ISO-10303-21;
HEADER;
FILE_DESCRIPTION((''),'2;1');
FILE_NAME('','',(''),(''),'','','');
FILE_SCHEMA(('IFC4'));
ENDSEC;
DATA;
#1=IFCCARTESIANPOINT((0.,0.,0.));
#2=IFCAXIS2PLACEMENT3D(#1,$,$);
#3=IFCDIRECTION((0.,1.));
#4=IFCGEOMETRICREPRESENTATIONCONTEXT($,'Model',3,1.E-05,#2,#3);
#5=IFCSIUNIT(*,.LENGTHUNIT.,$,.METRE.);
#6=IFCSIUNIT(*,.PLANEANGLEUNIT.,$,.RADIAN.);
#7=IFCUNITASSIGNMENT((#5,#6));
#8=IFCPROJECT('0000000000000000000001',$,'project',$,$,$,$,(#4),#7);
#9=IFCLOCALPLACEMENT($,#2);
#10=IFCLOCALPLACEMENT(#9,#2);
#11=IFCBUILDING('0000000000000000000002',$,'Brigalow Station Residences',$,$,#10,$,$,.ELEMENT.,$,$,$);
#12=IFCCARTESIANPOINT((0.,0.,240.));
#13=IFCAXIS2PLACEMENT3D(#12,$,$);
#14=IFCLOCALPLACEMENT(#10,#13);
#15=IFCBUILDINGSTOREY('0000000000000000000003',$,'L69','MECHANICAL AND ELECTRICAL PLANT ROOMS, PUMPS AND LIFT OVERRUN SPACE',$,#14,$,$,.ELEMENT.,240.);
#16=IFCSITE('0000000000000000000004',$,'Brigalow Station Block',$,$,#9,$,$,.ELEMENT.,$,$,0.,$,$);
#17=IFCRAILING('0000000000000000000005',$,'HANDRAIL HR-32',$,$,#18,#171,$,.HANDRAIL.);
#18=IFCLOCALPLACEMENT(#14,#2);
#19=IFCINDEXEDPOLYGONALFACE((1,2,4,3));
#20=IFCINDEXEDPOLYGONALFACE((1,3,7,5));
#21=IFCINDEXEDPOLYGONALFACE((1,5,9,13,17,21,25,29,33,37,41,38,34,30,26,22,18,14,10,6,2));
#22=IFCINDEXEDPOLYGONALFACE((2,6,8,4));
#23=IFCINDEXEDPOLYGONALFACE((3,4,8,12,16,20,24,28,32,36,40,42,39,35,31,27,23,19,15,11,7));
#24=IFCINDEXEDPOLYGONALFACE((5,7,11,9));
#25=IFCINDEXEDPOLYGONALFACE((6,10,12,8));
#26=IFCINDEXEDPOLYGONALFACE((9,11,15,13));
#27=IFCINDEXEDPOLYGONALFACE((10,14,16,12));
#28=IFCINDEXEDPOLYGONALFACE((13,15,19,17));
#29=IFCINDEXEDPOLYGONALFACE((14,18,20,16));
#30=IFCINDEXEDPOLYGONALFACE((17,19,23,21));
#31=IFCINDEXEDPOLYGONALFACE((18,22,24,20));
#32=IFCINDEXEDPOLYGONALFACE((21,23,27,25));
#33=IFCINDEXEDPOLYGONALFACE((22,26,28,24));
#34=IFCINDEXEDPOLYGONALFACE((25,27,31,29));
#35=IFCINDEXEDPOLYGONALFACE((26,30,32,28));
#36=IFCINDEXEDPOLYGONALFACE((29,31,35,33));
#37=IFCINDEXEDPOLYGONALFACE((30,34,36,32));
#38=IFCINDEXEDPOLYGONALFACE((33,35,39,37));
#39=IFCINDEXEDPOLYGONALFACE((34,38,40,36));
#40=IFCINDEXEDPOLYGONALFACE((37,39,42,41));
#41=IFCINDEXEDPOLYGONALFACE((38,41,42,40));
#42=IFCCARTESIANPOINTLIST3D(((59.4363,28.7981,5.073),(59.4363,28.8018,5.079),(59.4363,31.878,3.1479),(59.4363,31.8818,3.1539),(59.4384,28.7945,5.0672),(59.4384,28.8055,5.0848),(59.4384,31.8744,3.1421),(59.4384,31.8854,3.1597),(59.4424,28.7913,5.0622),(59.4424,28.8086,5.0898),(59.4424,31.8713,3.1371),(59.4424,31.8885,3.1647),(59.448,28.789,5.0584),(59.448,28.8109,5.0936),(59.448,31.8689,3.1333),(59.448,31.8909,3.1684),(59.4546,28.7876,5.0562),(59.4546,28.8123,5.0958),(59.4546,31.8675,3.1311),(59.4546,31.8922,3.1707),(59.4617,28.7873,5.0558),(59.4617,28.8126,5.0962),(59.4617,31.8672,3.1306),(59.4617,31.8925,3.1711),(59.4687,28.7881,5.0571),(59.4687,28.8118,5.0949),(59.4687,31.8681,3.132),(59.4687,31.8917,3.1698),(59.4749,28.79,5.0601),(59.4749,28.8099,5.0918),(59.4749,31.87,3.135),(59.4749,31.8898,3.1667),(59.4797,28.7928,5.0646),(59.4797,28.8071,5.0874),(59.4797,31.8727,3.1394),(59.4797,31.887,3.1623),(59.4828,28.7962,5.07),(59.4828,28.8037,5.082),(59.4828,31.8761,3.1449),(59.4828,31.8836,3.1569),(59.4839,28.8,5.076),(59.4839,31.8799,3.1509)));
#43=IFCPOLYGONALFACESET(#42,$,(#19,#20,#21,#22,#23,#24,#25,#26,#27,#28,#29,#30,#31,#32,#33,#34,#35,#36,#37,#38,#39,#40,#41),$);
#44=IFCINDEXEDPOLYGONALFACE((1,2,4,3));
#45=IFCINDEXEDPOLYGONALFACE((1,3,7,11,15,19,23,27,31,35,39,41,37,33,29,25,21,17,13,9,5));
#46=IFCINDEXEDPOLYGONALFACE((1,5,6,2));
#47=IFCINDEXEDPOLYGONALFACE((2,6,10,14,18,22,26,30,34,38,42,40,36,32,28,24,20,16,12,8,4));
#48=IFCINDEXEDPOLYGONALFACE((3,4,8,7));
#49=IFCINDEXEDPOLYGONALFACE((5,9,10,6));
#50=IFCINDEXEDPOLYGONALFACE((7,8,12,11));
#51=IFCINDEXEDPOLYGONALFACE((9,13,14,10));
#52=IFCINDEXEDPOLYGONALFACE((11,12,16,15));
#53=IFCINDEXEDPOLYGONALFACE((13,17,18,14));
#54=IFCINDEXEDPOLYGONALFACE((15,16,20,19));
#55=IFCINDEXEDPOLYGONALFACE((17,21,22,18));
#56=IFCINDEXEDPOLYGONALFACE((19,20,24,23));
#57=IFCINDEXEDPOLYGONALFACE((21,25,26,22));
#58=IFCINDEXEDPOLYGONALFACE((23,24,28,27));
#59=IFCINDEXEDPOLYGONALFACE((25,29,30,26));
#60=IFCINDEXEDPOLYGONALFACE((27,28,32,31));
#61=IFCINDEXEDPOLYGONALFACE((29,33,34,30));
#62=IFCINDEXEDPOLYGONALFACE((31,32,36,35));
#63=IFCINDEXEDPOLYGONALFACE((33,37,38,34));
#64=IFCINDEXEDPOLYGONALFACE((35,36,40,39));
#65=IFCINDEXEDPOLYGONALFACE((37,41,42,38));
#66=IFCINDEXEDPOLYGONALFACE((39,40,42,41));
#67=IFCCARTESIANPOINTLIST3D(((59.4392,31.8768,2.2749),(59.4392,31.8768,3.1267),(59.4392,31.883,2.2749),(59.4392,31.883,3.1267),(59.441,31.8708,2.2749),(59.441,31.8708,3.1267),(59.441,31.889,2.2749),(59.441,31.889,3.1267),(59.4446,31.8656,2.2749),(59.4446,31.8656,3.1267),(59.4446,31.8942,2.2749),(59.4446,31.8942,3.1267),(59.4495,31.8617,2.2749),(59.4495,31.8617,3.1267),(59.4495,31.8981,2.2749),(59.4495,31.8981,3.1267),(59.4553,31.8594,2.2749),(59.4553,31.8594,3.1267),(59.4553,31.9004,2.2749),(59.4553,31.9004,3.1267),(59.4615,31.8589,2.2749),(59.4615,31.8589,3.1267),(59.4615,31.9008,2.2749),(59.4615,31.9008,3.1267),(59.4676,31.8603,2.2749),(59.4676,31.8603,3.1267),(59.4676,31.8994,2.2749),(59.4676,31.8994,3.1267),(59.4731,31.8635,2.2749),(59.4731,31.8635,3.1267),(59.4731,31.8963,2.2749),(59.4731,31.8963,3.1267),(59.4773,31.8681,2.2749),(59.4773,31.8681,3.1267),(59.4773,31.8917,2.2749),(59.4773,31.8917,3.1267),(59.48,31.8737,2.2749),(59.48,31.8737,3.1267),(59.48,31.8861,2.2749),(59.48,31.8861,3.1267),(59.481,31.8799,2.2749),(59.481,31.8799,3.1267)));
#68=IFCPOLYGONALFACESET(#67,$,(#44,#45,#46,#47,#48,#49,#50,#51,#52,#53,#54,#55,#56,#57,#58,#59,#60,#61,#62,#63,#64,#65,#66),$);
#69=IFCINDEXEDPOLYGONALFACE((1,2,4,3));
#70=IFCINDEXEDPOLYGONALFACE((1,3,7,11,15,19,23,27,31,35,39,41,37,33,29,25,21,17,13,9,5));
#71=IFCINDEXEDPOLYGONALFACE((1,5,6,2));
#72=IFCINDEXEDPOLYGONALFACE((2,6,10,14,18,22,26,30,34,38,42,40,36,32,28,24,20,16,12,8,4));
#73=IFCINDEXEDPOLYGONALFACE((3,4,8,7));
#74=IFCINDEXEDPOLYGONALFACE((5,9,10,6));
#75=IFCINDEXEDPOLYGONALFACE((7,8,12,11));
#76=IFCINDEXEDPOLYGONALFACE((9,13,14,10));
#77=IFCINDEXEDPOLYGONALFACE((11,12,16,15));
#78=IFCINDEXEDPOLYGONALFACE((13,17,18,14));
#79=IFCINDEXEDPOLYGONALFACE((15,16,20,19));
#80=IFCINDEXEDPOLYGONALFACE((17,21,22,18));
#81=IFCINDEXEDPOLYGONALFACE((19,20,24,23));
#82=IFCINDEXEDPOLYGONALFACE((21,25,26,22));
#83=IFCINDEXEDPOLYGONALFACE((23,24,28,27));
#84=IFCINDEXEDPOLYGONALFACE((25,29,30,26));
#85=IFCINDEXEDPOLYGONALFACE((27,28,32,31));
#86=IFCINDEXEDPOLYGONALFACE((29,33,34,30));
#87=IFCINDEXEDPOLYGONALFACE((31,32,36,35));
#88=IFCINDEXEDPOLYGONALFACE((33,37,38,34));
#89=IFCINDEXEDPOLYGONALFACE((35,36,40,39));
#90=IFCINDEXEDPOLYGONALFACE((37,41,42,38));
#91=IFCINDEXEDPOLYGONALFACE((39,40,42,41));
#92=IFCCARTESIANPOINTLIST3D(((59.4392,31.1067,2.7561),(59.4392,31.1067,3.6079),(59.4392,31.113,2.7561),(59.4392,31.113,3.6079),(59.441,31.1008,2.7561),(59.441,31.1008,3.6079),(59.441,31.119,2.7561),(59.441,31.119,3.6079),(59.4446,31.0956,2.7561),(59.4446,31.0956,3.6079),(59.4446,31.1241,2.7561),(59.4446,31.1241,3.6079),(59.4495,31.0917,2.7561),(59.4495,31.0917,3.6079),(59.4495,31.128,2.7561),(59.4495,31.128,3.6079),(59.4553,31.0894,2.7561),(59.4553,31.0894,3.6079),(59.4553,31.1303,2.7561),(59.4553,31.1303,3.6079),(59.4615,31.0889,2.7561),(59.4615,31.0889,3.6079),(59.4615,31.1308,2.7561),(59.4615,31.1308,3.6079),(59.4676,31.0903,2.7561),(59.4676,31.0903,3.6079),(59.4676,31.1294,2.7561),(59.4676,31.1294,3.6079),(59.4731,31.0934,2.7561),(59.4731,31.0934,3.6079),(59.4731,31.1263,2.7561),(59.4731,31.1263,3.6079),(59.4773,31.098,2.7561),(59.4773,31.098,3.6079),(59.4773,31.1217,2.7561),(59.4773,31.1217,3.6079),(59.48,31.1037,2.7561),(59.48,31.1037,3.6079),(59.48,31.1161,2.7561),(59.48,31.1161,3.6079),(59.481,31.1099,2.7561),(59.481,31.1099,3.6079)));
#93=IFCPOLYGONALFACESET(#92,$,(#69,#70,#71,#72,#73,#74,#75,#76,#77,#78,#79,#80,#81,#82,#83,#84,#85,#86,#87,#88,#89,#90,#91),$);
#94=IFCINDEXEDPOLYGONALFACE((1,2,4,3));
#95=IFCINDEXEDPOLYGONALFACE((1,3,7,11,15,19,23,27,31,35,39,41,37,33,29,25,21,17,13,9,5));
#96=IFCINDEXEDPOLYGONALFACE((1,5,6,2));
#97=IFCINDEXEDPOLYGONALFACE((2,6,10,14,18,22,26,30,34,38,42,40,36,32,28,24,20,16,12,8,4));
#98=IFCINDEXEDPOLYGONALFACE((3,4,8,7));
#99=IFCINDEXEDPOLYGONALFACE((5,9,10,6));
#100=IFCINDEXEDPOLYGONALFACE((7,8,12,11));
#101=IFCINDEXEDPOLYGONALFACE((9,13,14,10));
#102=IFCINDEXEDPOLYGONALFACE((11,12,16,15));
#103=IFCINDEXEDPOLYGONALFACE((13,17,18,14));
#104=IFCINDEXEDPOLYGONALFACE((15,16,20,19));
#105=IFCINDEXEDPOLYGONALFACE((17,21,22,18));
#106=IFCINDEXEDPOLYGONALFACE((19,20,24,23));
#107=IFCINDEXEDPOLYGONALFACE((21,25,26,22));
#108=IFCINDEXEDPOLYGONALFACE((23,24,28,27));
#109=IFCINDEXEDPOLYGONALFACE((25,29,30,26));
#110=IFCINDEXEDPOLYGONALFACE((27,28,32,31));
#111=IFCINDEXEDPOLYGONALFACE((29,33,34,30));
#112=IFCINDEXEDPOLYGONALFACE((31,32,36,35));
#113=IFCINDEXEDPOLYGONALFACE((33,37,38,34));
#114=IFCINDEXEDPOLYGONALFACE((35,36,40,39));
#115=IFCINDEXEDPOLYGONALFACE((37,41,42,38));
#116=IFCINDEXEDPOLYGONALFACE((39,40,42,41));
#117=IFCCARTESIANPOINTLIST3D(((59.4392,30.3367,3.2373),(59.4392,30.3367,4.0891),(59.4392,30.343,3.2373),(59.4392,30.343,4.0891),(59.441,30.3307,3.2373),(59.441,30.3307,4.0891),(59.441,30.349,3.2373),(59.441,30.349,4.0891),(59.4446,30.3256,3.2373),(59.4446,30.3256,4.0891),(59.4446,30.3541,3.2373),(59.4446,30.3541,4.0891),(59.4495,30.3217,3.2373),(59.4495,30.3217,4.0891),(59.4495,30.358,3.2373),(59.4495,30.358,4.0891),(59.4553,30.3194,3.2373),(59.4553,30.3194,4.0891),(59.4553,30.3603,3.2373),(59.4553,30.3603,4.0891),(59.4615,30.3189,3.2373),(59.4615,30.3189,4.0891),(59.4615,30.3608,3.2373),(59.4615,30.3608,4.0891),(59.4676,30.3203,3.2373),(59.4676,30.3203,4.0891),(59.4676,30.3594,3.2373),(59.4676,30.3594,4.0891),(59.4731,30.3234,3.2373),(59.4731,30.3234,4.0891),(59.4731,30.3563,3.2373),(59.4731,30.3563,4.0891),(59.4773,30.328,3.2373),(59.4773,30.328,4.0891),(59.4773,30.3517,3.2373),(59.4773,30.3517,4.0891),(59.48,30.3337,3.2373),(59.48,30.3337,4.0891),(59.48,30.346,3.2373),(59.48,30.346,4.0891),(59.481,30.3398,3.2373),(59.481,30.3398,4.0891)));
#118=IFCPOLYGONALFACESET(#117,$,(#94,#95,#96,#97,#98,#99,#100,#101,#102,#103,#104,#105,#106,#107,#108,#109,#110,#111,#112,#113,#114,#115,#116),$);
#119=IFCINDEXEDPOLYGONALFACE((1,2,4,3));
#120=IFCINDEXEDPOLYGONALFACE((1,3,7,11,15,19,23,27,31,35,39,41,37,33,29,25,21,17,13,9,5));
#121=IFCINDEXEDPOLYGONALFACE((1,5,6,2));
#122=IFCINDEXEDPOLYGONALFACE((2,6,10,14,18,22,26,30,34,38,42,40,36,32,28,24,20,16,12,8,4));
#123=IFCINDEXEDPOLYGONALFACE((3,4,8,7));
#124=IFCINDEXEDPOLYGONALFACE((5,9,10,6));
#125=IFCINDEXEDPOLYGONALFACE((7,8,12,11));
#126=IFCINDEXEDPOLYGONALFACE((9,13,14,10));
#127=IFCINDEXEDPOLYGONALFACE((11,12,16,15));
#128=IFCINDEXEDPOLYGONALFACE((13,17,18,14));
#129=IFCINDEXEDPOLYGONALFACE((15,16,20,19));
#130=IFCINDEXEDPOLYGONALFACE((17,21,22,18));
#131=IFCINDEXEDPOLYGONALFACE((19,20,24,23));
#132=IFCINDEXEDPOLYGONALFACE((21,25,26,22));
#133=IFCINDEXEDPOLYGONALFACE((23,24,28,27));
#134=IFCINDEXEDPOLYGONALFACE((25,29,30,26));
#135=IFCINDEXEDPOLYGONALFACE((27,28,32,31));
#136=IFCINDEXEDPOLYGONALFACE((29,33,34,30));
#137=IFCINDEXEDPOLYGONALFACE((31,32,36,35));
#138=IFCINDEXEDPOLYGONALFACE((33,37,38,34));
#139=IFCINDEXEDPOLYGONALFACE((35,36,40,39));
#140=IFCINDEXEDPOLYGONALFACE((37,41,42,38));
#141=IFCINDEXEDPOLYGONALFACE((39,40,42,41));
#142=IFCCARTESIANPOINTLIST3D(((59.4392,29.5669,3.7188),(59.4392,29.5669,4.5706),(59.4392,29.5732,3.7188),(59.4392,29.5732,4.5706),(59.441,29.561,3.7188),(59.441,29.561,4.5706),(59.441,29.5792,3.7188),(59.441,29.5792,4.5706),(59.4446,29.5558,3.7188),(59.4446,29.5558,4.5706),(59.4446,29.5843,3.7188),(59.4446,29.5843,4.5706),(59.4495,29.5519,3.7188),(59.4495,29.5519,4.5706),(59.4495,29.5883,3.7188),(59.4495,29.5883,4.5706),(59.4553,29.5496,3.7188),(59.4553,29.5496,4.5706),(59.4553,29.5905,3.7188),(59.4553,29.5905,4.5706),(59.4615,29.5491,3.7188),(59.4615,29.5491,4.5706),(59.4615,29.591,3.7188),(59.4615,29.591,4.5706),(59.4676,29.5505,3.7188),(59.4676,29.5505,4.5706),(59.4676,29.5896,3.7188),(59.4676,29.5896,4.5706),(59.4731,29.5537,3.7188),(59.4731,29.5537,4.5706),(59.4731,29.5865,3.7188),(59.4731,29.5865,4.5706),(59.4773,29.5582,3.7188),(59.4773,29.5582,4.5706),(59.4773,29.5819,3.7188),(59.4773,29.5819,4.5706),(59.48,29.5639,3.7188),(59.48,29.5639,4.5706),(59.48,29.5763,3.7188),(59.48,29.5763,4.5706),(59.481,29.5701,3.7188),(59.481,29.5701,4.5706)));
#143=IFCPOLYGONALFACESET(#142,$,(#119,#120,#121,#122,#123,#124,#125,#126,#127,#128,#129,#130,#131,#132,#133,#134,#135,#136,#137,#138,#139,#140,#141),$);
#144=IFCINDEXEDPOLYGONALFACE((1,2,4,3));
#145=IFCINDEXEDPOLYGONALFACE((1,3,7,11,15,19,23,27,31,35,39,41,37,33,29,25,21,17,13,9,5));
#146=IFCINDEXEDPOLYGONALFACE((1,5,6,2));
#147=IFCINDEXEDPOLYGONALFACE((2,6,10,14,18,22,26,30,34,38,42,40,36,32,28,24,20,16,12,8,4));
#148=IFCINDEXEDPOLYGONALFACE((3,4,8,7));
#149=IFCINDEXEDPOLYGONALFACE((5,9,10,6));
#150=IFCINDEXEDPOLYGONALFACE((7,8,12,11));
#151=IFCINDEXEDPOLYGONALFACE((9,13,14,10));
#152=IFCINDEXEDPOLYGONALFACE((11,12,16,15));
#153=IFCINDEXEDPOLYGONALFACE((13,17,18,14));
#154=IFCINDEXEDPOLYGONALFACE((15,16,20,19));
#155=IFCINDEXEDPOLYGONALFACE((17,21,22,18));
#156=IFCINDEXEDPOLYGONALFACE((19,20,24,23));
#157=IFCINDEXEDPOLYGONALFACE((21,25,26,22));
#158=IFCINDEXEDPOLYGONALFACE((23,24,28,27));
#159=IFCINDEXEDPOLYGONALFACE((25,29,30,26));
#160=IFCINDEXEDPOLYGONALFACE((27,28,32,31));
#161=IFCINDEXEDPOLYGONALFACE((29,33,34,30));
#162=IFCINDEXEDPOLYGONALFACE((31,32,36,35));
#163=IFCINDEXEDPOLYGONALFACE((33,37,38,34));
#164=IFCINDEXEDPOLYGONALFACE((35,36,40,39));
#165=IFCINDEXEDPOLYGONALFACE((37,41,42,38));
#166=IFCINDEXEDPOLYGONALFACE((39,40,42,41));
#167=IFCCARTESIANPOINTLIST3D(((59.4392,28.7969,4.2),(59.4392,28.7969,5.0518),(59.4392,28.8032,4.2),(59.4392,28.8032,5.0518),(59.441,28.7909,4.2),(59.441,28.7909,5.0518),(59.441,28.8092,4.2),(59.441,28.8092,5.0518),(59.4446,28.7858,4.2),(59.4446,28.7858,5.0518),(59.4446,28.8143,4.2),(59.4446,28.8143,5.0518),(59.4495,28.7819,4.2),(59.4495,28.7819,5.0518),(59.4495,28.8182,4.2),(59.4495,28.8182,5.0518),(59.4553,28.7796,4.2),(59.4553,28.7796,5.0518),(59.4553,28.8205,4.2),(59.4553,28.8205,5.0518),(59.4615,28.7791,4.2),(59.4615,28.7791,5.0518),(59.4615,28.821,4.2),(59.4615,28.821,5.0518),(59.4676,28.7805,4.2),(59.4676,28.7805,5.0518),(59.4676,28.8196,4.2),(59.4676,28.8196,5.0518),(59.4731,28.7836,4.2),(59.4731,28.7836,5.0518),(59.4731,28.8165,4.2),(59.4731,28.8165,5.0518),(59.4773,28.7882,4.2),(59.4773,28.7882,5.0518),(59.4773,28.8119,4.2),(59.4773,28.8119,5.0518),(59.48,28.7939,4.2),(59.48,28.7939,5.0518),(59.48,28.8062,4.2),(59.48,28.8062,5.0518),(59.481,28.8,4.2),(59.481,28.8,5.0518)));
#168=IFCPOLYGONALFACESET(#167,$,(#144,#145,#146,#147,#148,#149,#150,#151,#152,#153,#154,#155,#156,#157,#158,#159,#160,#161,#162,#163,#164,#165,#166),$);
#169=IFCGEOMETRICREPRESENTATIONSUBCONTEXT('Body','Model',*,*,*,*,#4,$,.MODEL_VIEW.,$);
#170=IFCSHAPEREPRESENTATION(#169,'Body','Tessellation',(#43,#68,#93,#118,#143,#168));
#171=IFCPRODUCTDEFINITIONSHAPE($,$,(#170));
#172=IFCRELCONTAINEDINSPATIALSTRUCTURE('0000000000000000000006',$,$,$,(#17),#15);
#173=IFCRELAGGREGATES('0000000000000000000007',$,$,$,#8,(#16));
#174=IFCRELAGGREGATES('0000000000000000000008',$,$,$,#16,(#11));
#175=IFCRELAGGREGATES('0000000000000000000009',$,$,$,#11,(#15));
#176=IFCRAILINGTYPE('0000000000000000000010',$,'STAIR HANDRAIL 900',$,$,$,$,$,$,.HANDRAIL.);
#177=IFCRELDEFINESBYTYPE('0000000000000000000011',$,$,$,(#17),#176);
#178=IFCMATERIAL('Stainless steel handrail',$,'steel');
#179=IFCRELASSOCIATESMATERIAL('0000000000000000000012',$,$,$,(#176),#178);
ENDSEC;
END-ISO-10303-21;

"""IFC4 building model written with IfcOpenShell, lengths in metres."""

from ifc_helpers import new_model, si_unit, direction, frame, origin, origin_2d, place, context, subcontext, project, spatial, circle, extrude, material, type_object, element, save


model = new_model("IFC4")

# Units and contexts
model_context = context("Model", 3, precision=1e-05, world=origin(), true_north=direction((0.0, 1.0)))
body_context = subcontext(model_context, "Body", "Model", "MODEL_VIEW")
ifc_project = project(units=[si_unit("LENGTHUNIT", "METRE"), si_unit("PLANEANGLEUNIT", "RADIAN")], contexts=[model_context])

# Site, building, storey
site_placement = place(None, origin())
site = spatial("IfcSite", under=ifc_project, at=site_placement, Name="Brigalow Station Block", CompositionType="ELEMENT", RefElevation=0.0)
building_placement = place(site_placement, origin())
building = spatial("IfcBuilding", under=site, at=building_placement, Name="Brigalow Station Residences", CompositionType="ELEMENT")
storey_placement = place(building_placement, frame((0.0, 0.0, 240.0)))
storey = spatial("IfcBuildingStorey", under=building, at=storey_placement, Name="L69", Description="MECHANICAL AND ELECTRICAL PLANT ROOMS, PUMPS AND LIFT OVERRUN SPACE", CompositionType="ELEMENT", Elevation=240.0)

# Railing
ifc_material_1 = material(Name="Stainless steel handrail", Category="steel")
railing_type = type_object("IfcRailingType", Name="STAIR HANDRAIL 900", PredefinedType="HANDRAIL", material=ifc_material_1)
railing_placement = place(storey_placement, frame((59.46, 31.8799, 2.2749)))
element("IfcRailing", 1, at=railing_placement, inside=storey, type_object=railing_type, Name="HANDRAIL HR-32", PredefinedType="HANDRAIL", context=body_context, shape_type="SweptSolid", body=[
    extrude(circle(Radius=0.0239, at=origin_2d()), frame((0.0, 0.0, 0.876), z_axis=(0.0, -0.847979, 0.530029), x_axis=(1.0, 0.0, 0.0)), (0.0, 0.0, 1.0), 3.6321),
    extrude(circle(Radius=0.021, at=origin_2d()), origin(), (0.0, 0.0, 1.0), 0.8518),
    extrude(circle(Radius=0.021, at=origin_2d()), frame((0.0, -0.77, 0.4812)), (0.0, 0.0, 1.0), 0.8518),
    extrude(circle(Radius=0.021, at=origin_2d()), frame((0.0, -1.54, 0.9624)), (0.0, 0.0, 1.0), 0.8518),
    extrude(circle(Radius=0.021, at=origin_2d()), frame((0.0, -2.3098, 1.4438)), (0.0, 0.0, 1.0), 0.8518),
    extrude(circle(Radius=0.021, at=origin_2d()), frame((0.0, -3.0798, 1.925)), (0.0, 0.0, 1.0), 0.8518),
])

save(model, "model.ifc")
